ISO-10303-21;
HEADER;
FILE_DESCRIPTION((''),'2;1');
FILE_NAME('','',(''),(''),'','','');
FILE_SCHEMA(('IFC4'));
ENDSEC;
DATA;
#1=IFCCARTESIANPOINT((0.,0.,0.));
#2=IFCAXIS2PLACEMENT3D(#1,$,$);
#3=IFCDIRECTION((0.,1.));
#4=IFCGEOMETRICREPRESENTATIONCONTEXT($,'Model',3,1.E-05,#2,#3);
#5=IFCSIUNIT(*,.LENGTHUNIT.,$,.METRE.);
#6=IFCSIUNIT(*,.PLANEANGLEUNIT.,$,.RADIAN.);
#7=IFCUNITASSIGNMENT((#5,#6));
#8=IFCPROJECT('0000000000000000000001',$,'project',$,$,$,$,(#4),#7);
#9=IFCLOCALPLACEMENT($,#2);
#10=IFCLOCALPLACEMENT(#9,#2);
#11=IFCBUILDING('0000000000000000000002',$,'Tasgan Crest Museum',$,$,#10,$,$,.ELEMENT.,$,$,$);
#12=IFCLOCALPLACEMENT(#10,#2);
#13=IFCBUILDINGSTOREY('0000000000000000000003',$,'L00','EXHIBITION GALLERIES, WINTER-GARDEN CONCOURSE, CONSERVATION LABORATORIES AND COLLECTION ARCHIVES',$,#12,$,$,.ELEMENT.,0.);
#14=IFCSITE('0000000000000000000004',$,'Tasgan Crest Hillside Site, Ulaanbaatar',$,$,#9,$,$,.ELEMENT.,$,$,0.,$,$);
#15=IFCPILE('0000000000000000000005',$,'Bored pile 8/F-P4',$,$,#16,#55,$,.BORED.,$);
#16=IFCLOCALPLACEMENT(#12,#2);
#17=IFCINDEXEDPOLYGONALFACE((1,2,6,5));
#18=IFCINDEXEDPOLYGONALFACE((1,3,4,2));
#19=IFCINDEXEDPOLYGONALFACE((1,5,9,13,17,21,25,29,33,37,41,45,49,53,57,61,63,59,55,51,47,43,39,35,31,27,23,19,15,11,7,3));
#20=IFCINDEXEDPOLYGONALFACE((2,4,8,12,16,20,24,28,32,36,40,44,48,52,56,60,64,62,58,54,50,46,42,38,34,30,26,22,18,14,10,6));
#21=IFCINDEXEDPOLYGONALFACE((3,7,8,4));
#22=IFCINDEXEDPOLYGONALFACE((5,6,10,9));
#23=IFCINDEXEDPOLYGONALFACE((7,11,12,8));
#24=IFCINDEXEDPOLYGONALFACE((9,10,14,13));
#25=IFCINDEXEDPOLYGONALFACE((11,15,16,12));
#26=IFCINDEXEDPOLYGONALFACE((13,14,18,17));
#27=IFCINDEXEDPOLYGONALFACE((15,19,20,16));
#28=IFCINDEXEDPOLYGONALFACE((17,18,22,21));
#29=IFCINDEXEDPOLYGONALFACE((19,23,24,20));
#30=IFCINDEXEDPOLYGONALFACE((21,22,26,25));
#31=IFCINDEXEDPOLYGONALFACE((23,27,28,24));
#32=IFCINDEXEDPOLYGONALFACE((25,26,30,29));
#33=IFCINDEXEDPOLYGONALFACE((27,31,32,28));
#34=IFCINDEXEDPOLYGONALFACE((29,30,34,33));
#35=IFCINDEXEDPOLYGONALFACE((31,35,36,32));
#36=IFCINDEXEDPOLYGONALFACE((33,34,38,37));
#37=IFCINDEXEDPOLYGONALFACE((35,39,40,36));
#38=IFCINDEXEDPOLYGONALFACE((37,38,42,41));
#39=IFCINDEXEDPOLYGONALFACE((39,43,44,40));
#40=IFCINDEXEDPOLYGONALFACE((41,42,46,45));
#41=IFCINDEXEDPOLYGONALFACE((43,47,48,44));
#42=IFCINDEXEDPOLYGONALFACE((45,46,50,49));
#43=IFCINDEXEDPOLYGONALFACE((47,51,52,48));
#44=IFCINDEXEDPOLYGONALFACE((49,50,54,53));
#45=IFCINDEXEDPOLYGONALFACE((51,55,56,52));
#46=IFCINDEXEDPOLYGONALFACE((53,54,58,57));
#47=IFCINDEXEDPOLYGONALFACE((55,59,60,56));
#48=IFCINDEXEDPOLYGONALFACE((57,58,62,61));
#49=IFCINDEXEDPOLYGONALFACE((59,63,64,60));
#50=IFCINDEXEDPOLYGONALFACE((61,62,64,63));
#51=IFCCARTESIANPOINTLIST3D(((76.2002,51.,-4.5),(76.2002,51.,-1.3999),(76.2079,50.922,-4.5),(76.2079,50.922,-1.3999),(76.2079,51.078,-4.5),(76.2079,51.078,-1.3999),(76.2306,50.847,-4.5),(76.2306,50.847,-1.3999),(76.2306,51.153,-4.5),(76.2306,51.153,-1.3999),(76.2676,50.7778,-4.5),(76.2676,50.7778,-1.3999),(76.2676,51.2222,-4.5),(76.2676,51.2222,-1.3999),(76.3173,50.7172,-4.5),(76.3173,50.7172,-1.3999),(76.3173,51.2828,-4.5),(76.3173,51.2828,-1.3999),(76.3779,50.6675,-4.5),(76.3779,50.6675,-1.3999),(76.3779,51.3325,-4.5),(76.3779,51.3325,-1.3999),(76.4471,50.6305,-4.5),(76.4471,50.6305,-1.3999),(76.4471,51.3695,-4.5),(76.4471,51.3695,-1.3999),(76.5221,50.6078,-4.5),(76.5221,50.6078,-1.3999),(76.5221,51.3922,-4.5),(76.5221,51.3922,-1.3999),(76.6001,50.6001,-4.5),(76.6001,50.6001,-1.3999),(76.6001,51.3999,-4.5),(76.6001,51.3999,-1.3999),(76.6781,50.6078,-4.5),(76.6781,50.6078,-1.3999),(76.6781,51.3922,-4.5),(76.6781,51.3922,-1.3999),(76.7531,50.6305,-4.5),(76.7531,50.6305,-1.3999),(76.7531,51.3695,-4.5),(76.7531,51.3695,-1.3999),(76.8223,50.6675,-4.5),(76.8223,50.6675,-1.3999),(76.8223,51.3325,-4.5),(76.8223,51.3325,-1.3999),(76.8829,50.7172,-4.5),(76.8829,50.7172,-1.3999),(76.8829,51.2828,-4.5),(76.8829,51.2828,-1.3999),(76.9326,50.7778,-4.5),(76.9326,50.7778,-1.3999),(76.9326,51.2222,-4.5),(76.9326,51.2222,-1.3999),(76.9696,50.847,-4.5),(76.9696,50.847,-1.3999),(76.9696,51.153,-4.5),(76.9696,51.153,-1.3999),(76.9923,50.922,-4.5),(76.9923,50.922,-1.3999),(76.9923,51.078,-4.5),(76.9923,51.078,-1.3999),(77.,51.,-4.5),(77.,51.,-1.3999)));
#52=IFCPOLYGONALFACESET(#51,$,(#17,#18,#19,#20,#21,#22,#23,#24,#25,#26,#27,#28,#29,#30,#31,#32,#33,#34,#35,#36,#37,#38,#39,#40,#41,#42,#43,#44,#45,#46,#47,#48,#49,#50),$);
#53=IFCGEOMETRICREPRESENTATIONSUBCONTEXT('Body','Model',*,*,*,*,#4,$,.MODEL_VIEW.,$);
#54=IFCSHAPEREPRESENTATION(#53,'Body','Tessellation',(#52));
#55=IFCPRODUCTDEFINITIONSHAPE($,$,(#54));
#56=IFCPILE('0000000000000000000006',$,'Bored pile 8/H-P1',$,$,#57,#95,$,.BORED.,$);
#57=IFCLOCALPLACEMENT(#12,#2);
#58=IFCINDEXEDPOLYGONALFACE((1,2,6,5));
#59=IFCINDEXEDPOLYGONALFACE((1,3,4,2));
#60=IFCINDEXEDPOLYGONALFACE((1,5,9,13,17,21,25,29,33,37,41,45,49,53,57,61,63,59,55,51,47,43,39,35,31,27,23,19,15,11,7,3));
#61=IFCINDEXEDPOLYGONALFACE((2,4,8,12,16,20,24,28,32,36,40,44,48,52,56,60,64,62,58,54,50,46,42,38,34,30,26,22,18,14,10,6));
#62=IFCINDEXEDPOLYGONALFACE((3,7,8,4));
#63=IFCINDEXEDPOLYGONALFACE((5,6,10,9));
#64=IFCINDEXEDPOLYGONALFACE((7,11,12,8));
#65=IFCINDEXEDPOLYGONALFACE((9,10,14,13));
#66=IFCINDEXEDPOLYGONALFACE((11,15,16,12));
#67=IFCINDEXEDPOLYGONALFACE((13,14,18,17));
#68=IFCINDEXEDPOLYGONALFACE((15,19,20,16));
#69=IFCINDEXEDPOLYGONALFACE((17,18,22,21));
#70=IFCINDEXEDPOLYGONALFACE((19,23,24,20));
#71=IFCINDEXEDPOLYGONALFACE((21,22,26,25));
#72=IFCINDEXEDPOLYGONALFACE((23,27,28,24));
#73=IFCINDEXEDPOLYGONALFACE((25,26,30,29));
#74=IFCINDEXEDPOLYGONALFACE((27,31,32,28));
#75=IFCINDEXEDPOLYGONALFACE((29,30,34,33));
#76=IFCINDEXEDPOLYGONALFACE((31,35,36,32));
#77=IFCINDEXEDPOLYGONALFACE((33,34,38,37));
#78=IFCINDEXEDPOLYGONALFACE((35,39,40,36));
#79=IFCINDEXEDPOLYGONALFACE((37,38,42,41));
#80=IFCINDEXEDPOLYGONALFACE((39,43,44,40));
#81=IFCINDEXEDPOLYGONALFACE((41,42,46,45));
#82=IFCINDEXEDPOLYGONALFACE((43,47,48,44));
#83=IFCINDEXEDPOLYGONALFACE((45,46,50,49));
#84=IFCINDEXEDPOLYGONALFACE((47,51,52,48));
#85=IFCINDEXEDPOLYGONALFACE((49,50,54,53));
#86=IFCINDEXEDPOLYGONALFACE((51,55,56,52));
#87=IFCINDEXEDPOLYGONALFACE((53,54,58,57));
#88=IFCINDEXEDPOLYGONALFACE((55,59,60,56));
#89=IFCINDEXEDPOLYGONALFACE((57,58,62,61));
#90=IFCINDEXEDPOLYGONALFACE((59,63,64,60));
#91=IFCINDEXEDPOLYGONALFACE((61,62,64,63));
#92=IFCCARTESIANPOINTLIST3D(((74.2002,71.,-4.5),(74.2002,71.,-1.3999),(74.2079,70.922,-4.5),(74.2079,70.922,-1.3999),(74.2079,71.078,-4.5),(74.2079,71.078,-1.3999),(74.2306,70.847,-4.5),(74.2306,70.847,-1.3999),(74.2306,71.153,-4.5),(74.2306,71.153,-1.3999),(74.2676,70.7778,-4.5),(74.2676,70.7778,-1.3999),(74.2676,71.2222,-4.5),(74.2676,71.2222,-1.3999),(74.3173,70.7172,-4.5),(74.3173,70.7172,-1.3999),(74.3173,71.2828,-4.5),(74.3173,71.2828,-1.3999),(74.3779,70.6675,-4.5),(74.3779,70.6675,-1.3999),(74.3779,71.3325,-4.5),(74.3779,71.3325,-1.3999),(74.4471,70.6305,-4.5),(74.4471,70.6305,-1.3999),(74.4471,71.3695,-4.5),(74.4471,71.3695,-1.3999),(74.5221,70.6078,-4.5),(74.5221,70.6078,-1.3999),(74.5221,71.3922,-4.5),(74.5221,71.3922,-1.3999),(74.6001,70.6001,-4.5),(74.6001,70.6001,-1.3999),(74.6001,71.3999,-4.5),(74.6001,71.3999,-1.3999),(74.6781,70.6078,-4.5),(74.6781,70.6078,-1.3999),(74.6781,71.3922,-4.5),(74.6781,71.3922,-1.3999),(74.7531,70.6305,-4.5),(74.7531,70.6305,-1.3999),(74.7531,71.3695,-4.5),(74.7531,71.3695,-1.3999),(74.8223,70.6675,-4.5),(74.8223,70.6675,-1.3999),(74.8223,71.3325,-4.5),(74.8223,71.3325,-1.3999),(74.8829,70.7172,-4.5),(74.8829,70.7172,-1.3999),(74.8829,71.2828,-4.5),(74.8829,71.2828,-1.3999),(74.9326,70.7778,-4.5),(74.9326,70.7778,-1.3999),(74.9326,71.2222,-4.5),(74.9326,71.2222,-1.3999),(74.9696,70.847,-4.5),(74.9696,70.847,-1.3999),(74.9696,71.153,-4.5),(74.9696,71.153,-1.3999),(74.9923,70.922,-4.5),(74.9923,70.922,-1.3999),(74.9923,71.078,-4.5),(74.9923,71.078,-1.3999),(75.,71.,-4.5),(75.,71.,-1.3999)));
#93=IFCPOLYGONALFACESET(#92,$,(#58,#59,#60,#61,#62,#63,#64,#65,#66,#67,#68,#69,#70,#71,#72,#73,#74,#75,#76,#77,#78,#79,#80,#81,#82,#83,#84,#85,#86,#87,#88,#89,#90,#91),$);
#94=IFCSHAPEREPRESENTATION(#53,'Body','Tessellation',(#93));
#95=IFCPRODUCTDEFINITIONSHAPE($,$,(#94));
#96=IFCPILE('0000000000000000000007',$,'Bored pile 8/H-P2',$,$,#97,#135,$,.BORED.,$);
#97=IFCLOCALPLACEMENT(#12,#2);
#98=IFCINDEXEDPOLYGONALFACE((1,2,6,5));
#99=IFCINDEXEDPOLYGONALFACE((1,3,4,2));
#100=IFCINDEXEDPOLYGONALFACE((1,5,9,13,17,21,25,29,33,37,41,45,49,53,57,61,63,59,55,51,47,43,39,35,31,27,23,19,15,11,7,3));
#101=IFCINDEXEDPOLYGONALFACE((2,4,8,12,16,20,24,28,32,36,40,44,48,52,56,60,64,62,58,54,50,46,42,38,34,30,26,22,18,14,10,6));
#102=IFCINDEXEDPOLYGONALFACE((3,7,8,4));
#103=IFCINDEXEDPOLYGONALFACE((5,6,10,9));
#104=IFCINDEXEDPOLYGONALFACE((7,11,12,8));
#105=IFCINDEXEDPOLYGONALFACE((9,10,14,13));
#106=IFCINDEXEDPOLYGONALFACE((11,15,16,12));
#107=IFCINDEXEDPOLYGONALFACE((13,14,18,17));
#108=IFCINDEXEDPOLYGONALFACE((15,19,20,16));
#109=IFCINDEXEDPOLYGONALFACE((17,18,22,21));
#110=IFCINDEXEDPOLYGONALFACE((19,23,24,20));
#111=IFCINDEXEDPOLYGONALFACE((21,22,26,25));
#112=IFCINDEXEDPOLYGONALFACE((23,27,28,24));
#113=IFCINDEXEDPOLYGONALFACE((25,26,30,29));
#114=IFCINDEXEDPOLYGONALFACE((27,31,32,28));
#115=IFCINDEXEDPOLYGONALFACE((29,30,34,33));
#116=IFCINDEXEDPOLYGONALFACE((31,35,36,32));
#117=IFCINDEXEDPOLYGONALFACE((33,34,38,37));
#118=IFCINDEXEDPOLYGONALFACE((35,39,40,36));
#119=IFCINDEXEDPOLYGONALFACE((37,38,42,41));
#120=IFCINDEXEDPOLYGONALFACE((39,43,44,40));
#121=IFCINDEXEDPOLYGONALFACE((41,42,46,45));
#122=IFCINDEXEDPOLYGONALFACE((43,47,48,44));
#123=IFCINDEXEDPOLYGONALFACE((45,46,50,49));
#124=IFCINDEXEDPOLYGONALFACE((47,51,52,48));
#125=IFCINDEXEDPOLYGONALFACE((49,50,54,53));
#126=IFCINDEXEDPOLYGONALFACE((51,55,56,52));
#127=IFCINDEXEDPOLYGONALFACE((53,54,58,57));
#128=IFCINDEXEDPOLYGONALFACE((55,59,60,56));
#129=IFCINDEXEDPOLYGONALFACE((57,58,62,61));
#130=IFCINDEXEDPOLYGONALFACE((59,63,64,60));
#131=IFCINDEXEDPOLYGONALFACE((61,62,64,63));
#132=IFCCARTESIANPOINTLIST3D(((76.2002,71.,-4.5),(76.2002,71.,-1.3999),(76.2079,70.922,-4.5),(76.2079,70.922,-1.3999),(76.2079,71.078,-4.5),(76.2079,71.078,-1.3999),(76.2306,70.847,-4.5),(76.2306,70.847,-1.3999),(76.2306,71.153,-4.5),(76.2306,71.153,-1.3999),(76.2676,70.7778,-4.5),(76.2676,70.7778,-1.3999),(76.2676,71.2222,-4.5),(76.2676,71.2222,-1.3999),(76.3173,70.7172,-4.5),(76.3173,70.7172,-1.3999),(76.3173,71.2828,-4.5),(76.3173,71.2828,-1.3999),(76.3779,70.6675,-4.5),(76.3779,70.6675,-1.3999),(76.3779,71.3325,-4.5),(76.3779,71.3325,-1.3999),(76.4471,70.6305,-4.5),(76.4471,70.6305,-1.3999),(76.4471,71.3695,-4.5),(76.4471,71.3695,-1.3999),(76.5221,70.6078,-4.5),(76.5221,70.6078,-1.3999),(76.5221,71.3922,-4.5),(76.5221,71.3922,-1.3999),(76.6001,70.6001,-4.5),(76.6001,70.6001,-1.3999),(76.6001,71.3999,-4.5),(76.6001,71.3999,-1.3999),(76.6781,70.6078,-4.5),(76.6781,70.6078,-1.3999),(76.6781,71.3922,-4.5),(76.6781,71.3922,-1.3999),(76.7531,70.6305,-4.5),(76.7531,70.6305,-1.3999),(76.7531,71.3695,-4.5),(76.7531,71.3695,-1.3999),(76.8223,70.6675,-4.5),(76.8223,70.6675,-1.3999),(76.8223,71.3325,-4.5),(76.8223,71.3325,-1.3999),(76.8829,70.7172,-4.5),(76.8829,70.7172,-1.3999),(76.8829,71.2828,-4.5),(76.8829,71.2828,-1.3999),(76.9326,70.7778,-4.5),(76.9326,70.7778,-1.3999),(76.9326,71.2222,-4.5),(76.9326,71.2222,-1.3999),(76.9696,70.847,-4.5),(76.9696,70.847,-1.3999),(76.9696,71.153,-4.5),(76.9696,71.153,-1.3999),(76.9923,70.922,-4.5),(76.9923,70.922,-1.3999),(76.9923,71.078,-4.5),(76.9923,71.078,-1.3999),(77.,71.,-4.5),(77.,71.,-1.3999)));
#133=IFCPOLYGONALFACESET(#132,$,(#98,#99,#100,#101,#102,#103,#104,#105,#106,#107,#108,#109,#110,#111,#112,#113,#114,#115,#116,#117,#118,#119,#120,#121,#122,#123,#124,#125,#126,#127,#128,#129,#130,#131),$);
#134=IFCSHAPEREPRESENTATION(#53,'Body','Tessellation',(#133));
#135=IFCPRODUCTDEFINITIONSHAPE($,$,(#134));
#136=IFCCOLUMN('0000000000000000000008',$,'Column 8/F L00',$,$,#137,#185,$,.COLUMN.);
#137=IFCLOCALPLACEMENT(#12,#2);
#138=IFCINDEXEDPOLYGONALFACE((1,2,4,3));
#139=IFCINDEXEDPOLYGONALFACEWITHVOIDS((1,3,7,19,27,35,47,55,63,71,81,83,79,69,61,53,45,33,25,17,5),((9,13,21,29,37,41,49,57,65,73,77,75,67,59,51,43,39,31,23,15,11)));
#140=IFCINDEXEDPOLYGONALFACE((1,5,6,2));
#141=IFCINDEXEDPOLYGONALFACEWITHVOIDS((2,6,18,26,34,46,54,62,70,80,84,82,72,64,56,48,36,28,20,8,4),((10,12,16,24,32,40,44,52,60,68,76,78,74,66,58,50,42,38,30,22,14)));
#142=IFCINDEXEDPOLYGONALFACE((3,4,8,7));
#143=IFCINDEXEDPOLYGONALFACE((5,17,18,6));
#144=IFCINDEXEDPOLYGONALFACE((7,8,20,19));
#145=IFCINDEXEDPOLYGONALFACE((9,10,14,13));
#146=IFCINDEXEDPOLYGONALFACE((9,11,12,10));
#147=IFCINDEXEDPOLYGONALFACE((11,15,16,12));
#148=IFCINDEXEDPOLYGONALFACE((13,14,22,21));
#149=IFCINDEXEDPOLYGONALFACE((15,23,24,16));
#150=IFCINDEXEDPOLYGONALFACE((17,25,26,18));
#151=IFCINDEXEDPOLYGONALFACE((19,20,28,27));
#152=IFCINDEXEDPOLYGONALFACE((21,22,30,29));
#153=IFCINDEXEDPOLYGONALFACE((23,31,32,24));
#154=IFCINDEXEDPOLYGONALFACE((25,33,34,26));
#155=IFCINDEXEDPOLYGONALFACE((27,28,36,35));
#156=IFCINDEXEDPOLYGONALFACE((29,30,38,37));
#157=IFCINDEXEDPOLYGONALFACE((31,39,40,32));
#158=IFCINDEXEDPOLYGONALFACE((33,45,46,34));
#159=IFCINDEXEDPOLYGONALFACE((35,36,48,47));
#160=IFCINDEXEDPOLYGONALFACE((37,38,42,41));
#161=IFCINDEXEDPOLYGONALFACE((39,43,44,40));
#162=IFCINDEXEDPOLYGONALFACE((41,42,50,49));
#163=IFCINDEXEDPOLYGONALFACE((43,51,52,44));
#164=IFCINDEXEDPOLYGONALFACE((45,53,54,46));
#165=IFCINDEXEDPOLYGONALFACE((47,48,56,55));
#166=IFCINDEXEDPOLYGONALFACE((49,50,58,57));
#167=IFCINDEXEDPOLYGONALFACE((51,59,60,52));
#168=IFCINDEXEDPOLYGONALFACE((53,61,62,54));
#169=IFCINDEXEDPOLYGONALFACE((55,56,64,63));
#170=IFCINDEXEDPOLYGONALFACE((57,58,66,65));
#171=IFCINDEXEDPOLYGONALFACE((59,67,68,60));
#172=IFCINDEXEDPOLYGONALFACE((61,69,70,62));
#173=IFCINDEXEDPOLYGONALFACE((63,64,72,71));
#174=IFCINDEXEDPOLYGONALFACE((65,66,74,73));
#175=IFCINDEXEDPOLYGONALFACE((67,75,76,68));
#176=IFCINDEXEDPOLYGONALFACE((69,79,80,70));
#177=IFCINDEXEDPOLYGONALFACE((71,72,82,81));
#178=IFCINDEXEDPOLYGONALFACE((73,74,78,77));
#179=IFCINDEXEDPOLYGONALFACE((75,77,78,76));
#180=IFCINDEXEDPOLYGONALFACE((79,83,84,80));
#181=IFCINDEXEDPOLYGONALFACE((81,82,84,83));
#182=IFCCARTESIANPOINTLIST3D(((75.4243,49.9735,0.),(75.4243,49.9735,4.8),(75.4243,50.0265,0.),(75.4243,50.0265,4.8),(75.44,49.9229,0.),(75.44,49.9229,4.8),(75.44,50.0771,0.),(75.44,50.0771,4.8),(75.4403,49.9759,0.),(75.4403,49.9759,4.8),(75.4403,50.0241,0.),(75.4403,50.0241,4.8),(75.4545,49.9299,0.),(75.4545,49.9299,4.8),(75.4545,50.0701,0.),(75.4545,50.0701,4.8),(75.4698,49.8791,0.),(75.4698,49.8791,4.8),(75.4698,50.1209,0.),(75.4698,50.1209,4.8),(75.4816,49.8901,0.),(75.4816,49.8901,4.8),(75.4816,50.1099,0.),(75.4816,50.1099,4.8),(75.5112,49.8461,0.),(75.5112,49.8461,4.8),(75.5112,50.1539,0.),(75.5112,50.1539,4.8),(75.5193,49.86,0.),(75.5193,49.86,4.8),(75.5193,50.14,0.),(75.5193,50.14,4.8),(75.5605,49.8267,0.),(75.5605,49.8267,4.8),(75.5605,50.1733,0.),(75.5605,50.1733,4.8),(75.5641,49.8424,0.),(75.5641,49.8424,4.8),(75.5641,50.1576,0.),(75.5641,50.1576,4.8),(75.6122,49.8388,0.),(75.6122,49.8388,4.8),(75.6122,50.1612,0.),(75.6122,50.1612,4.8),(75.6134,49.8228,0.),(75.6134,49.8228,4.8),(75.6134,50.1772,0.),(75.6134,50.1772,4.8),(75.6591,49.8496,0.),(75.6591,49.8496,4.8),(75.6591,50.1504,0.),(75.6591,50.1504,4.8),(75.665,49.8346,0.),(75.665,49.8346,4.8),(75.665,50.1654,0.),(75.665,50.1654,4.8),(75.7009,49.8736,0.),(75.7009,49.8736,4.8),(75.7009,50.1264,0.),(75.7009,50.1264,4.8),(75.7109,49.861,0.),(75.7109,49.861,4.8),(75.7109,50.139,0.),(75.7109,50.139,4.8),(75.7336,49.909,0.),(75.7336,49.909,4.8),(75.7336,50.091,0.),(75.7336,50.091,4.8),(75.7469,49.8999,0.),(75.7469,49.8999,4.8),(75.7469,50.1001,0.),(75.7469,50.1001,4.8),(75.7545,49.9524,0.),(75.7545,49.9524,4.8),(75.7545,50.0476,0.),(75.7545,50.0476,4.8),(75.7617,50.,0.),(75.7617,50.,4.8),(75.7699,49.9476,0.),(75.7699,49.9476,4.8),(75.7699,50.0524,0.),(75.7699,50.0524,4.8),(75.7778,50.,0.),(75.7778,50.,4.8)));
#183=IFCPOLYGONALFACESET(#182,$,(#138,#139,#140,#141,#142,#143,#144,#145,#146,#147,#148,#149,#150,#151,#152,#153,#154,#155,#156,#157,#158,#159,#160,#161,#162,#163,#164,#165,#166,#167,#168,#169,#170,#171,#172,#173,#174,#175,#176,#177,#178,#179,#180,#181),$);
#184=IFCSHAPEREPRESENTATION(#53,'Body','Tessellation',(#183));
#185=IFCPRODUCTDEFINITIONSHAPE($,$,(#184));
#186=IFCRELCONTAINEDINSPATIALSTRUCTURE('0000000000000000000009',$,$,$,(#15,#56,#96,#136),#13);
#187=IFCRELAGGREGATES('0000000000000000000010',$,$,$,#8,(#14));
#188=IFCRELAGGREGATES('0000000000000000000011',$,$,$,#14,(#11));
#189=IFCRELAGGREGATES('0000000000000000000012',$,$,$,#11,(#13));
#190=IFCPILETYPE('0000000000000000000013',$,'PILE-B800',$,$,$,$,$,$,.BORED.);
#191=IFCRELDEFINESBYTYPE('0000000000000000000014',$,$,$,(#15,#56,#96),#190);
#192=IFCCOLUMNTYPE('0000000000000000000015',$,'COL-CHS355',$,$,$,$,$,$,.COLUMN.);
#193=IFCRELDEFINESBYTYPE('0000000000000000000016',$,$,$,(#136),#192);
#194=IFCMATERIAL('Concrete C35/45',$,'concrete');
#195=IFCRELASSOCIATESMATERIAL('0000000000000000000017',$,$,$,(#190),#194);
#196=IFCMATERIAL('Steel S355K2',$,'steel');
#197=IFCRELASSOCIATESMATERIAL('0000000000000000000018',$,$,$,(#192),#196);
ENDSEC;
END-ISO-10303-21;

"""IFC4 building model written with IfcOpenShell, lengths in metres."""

from ifc_helpers import new_model, si_unit, direction, frame, origin, origin_2d, place, context, subcontext, project, spatial, circle, hollow_circle, extrude, material, material_profile, profile_set, type_object, element, save


model = new_model("IFC4")

# Units and contexts
model_context = context("Model", 3, precision=1e-05, world=origin(), true_north=direction((0.0, 1.0)))
body_context = subcontext(model_context, "Body", "Model", "MODEL_VIEW")
ifc_project = project(units=[si_unit("LENGTHUNIT", "METRE"), si_unit("PLANEANGLEUNIT", "RADIAN")], contexts=[model_context])

# Site, building, storey
site_placement = place(None, origin())
site = spatial("IfcSite", under=ifc_project, at=site_placement, Name="Tasgan Crest Hillside Site, Ulaanbaatar", CompositionType="ELEMENT", RefElevation=0.0)
building_placement = place(site_placement, origin())
building = spatial("IfcBuilding", under=site, at=building_placement, Name="Tasgan Crest Museum", CompositionType="ELEMENT")
storey_placement = place(building_placement, origin())
storey = spatial("IfcBuildingStorey", under=building, at=storey_placement, Name="L00", Description="EXHIBITION GALLERIES, WINTER-GARDEN CONCOURSE, CONSERVATION LABORATORIES AND COLLECTION ARCHIVES", CompositionType="ELEMENT", Elevation=0.0)

# Piles
ifc_material_1 = material(Name="Concrete C35/45", Category="concrete")
ifc_material_profile_1 = material_profile(ifc_material_1, circle(Radius=0.3999, at=origin_2d()), Name="PILE D800")
ifc_profile_set_1 = profile_set([ifc_material_profile_1], Name="Concrete C35/45")
pile_type_1 = type_object("IfcPileType", Name="PILE-B800", PredefinedType="BORED", material=ifc_profile_set_1)
for number, where, z_axis, x_axis, name in (
    (1, (76.6001, 51.0, -1.3999), (0.0, 0.0, -1.0), (1.0, 0.0, 0.0), "Bored pile 8/F-P4"),
    (2, (74.6001, 71.0, -1.3999), (0.0, 0.0, -1.0), (1.0, 0.0, 0.0), "Bored pile 8/H-P1"),
    (3, (76.6001, 71.0, -1.3999), (0.0, 0.0, -1.0), (1.0, 0.0, 0.0), "Bored pile 8/H-P2"),
):
    element("IfcPile", number, at=place(storey_placement, frame(where, z_axis=z_axis, x_axis=x_axis)), inside=storey, type_object=pile_type_1, Name=name, PredefinedType="BORED", context=body_context, shape_type="SweptSolid", body=[
        extrude(circle(Radius=0.3999, at=origin_2d()), origin(), (0.0, 0.0, 1.0), 3.1001),
    ])

# Column
ifc_material_2 = material(Name="Steel S355K2", Category="steel")
ifc_material_profile_2 = material_profile(ifc_material_2, hollow_circle(Radius=0.1777, WallThickness=0.0161, at=origin_2d()), Name="CHS 355.6x16")
ifc_profile_set_2 = profile_set([ifc_material_profile_2], Name="Steel S355K2")
column_type_1 = type_object("IfcColumnType", Name="COL-CHS355", PredefinedType="COLUMN", material=ifc_profile_set_2)
for number, where, z_axis, x_axis, name in (
    (4, (75.6001, 50.0, 0.0), (0.0, 0.0, 1.0), (1.0, 0.0, 0.0), "Column 8/F L00"),
):
    element("IfcColumn", number, at=place(storey_placement, frame(where, z_axis=z_axis, x_axis=x_axis)), inside=storey, type_object=column_type_1, Name=name, PredefinedType="COLUMN", context=body_context, shape_type="SweptSolid", body=[
        extrude(hollow_circle(Radius=0.1777, WallThickness=0.0161, at=origin_2d()), origin(), (0.0, 0.0, 1.0), 4.8),
    ])

save(model, "model.ifc")
